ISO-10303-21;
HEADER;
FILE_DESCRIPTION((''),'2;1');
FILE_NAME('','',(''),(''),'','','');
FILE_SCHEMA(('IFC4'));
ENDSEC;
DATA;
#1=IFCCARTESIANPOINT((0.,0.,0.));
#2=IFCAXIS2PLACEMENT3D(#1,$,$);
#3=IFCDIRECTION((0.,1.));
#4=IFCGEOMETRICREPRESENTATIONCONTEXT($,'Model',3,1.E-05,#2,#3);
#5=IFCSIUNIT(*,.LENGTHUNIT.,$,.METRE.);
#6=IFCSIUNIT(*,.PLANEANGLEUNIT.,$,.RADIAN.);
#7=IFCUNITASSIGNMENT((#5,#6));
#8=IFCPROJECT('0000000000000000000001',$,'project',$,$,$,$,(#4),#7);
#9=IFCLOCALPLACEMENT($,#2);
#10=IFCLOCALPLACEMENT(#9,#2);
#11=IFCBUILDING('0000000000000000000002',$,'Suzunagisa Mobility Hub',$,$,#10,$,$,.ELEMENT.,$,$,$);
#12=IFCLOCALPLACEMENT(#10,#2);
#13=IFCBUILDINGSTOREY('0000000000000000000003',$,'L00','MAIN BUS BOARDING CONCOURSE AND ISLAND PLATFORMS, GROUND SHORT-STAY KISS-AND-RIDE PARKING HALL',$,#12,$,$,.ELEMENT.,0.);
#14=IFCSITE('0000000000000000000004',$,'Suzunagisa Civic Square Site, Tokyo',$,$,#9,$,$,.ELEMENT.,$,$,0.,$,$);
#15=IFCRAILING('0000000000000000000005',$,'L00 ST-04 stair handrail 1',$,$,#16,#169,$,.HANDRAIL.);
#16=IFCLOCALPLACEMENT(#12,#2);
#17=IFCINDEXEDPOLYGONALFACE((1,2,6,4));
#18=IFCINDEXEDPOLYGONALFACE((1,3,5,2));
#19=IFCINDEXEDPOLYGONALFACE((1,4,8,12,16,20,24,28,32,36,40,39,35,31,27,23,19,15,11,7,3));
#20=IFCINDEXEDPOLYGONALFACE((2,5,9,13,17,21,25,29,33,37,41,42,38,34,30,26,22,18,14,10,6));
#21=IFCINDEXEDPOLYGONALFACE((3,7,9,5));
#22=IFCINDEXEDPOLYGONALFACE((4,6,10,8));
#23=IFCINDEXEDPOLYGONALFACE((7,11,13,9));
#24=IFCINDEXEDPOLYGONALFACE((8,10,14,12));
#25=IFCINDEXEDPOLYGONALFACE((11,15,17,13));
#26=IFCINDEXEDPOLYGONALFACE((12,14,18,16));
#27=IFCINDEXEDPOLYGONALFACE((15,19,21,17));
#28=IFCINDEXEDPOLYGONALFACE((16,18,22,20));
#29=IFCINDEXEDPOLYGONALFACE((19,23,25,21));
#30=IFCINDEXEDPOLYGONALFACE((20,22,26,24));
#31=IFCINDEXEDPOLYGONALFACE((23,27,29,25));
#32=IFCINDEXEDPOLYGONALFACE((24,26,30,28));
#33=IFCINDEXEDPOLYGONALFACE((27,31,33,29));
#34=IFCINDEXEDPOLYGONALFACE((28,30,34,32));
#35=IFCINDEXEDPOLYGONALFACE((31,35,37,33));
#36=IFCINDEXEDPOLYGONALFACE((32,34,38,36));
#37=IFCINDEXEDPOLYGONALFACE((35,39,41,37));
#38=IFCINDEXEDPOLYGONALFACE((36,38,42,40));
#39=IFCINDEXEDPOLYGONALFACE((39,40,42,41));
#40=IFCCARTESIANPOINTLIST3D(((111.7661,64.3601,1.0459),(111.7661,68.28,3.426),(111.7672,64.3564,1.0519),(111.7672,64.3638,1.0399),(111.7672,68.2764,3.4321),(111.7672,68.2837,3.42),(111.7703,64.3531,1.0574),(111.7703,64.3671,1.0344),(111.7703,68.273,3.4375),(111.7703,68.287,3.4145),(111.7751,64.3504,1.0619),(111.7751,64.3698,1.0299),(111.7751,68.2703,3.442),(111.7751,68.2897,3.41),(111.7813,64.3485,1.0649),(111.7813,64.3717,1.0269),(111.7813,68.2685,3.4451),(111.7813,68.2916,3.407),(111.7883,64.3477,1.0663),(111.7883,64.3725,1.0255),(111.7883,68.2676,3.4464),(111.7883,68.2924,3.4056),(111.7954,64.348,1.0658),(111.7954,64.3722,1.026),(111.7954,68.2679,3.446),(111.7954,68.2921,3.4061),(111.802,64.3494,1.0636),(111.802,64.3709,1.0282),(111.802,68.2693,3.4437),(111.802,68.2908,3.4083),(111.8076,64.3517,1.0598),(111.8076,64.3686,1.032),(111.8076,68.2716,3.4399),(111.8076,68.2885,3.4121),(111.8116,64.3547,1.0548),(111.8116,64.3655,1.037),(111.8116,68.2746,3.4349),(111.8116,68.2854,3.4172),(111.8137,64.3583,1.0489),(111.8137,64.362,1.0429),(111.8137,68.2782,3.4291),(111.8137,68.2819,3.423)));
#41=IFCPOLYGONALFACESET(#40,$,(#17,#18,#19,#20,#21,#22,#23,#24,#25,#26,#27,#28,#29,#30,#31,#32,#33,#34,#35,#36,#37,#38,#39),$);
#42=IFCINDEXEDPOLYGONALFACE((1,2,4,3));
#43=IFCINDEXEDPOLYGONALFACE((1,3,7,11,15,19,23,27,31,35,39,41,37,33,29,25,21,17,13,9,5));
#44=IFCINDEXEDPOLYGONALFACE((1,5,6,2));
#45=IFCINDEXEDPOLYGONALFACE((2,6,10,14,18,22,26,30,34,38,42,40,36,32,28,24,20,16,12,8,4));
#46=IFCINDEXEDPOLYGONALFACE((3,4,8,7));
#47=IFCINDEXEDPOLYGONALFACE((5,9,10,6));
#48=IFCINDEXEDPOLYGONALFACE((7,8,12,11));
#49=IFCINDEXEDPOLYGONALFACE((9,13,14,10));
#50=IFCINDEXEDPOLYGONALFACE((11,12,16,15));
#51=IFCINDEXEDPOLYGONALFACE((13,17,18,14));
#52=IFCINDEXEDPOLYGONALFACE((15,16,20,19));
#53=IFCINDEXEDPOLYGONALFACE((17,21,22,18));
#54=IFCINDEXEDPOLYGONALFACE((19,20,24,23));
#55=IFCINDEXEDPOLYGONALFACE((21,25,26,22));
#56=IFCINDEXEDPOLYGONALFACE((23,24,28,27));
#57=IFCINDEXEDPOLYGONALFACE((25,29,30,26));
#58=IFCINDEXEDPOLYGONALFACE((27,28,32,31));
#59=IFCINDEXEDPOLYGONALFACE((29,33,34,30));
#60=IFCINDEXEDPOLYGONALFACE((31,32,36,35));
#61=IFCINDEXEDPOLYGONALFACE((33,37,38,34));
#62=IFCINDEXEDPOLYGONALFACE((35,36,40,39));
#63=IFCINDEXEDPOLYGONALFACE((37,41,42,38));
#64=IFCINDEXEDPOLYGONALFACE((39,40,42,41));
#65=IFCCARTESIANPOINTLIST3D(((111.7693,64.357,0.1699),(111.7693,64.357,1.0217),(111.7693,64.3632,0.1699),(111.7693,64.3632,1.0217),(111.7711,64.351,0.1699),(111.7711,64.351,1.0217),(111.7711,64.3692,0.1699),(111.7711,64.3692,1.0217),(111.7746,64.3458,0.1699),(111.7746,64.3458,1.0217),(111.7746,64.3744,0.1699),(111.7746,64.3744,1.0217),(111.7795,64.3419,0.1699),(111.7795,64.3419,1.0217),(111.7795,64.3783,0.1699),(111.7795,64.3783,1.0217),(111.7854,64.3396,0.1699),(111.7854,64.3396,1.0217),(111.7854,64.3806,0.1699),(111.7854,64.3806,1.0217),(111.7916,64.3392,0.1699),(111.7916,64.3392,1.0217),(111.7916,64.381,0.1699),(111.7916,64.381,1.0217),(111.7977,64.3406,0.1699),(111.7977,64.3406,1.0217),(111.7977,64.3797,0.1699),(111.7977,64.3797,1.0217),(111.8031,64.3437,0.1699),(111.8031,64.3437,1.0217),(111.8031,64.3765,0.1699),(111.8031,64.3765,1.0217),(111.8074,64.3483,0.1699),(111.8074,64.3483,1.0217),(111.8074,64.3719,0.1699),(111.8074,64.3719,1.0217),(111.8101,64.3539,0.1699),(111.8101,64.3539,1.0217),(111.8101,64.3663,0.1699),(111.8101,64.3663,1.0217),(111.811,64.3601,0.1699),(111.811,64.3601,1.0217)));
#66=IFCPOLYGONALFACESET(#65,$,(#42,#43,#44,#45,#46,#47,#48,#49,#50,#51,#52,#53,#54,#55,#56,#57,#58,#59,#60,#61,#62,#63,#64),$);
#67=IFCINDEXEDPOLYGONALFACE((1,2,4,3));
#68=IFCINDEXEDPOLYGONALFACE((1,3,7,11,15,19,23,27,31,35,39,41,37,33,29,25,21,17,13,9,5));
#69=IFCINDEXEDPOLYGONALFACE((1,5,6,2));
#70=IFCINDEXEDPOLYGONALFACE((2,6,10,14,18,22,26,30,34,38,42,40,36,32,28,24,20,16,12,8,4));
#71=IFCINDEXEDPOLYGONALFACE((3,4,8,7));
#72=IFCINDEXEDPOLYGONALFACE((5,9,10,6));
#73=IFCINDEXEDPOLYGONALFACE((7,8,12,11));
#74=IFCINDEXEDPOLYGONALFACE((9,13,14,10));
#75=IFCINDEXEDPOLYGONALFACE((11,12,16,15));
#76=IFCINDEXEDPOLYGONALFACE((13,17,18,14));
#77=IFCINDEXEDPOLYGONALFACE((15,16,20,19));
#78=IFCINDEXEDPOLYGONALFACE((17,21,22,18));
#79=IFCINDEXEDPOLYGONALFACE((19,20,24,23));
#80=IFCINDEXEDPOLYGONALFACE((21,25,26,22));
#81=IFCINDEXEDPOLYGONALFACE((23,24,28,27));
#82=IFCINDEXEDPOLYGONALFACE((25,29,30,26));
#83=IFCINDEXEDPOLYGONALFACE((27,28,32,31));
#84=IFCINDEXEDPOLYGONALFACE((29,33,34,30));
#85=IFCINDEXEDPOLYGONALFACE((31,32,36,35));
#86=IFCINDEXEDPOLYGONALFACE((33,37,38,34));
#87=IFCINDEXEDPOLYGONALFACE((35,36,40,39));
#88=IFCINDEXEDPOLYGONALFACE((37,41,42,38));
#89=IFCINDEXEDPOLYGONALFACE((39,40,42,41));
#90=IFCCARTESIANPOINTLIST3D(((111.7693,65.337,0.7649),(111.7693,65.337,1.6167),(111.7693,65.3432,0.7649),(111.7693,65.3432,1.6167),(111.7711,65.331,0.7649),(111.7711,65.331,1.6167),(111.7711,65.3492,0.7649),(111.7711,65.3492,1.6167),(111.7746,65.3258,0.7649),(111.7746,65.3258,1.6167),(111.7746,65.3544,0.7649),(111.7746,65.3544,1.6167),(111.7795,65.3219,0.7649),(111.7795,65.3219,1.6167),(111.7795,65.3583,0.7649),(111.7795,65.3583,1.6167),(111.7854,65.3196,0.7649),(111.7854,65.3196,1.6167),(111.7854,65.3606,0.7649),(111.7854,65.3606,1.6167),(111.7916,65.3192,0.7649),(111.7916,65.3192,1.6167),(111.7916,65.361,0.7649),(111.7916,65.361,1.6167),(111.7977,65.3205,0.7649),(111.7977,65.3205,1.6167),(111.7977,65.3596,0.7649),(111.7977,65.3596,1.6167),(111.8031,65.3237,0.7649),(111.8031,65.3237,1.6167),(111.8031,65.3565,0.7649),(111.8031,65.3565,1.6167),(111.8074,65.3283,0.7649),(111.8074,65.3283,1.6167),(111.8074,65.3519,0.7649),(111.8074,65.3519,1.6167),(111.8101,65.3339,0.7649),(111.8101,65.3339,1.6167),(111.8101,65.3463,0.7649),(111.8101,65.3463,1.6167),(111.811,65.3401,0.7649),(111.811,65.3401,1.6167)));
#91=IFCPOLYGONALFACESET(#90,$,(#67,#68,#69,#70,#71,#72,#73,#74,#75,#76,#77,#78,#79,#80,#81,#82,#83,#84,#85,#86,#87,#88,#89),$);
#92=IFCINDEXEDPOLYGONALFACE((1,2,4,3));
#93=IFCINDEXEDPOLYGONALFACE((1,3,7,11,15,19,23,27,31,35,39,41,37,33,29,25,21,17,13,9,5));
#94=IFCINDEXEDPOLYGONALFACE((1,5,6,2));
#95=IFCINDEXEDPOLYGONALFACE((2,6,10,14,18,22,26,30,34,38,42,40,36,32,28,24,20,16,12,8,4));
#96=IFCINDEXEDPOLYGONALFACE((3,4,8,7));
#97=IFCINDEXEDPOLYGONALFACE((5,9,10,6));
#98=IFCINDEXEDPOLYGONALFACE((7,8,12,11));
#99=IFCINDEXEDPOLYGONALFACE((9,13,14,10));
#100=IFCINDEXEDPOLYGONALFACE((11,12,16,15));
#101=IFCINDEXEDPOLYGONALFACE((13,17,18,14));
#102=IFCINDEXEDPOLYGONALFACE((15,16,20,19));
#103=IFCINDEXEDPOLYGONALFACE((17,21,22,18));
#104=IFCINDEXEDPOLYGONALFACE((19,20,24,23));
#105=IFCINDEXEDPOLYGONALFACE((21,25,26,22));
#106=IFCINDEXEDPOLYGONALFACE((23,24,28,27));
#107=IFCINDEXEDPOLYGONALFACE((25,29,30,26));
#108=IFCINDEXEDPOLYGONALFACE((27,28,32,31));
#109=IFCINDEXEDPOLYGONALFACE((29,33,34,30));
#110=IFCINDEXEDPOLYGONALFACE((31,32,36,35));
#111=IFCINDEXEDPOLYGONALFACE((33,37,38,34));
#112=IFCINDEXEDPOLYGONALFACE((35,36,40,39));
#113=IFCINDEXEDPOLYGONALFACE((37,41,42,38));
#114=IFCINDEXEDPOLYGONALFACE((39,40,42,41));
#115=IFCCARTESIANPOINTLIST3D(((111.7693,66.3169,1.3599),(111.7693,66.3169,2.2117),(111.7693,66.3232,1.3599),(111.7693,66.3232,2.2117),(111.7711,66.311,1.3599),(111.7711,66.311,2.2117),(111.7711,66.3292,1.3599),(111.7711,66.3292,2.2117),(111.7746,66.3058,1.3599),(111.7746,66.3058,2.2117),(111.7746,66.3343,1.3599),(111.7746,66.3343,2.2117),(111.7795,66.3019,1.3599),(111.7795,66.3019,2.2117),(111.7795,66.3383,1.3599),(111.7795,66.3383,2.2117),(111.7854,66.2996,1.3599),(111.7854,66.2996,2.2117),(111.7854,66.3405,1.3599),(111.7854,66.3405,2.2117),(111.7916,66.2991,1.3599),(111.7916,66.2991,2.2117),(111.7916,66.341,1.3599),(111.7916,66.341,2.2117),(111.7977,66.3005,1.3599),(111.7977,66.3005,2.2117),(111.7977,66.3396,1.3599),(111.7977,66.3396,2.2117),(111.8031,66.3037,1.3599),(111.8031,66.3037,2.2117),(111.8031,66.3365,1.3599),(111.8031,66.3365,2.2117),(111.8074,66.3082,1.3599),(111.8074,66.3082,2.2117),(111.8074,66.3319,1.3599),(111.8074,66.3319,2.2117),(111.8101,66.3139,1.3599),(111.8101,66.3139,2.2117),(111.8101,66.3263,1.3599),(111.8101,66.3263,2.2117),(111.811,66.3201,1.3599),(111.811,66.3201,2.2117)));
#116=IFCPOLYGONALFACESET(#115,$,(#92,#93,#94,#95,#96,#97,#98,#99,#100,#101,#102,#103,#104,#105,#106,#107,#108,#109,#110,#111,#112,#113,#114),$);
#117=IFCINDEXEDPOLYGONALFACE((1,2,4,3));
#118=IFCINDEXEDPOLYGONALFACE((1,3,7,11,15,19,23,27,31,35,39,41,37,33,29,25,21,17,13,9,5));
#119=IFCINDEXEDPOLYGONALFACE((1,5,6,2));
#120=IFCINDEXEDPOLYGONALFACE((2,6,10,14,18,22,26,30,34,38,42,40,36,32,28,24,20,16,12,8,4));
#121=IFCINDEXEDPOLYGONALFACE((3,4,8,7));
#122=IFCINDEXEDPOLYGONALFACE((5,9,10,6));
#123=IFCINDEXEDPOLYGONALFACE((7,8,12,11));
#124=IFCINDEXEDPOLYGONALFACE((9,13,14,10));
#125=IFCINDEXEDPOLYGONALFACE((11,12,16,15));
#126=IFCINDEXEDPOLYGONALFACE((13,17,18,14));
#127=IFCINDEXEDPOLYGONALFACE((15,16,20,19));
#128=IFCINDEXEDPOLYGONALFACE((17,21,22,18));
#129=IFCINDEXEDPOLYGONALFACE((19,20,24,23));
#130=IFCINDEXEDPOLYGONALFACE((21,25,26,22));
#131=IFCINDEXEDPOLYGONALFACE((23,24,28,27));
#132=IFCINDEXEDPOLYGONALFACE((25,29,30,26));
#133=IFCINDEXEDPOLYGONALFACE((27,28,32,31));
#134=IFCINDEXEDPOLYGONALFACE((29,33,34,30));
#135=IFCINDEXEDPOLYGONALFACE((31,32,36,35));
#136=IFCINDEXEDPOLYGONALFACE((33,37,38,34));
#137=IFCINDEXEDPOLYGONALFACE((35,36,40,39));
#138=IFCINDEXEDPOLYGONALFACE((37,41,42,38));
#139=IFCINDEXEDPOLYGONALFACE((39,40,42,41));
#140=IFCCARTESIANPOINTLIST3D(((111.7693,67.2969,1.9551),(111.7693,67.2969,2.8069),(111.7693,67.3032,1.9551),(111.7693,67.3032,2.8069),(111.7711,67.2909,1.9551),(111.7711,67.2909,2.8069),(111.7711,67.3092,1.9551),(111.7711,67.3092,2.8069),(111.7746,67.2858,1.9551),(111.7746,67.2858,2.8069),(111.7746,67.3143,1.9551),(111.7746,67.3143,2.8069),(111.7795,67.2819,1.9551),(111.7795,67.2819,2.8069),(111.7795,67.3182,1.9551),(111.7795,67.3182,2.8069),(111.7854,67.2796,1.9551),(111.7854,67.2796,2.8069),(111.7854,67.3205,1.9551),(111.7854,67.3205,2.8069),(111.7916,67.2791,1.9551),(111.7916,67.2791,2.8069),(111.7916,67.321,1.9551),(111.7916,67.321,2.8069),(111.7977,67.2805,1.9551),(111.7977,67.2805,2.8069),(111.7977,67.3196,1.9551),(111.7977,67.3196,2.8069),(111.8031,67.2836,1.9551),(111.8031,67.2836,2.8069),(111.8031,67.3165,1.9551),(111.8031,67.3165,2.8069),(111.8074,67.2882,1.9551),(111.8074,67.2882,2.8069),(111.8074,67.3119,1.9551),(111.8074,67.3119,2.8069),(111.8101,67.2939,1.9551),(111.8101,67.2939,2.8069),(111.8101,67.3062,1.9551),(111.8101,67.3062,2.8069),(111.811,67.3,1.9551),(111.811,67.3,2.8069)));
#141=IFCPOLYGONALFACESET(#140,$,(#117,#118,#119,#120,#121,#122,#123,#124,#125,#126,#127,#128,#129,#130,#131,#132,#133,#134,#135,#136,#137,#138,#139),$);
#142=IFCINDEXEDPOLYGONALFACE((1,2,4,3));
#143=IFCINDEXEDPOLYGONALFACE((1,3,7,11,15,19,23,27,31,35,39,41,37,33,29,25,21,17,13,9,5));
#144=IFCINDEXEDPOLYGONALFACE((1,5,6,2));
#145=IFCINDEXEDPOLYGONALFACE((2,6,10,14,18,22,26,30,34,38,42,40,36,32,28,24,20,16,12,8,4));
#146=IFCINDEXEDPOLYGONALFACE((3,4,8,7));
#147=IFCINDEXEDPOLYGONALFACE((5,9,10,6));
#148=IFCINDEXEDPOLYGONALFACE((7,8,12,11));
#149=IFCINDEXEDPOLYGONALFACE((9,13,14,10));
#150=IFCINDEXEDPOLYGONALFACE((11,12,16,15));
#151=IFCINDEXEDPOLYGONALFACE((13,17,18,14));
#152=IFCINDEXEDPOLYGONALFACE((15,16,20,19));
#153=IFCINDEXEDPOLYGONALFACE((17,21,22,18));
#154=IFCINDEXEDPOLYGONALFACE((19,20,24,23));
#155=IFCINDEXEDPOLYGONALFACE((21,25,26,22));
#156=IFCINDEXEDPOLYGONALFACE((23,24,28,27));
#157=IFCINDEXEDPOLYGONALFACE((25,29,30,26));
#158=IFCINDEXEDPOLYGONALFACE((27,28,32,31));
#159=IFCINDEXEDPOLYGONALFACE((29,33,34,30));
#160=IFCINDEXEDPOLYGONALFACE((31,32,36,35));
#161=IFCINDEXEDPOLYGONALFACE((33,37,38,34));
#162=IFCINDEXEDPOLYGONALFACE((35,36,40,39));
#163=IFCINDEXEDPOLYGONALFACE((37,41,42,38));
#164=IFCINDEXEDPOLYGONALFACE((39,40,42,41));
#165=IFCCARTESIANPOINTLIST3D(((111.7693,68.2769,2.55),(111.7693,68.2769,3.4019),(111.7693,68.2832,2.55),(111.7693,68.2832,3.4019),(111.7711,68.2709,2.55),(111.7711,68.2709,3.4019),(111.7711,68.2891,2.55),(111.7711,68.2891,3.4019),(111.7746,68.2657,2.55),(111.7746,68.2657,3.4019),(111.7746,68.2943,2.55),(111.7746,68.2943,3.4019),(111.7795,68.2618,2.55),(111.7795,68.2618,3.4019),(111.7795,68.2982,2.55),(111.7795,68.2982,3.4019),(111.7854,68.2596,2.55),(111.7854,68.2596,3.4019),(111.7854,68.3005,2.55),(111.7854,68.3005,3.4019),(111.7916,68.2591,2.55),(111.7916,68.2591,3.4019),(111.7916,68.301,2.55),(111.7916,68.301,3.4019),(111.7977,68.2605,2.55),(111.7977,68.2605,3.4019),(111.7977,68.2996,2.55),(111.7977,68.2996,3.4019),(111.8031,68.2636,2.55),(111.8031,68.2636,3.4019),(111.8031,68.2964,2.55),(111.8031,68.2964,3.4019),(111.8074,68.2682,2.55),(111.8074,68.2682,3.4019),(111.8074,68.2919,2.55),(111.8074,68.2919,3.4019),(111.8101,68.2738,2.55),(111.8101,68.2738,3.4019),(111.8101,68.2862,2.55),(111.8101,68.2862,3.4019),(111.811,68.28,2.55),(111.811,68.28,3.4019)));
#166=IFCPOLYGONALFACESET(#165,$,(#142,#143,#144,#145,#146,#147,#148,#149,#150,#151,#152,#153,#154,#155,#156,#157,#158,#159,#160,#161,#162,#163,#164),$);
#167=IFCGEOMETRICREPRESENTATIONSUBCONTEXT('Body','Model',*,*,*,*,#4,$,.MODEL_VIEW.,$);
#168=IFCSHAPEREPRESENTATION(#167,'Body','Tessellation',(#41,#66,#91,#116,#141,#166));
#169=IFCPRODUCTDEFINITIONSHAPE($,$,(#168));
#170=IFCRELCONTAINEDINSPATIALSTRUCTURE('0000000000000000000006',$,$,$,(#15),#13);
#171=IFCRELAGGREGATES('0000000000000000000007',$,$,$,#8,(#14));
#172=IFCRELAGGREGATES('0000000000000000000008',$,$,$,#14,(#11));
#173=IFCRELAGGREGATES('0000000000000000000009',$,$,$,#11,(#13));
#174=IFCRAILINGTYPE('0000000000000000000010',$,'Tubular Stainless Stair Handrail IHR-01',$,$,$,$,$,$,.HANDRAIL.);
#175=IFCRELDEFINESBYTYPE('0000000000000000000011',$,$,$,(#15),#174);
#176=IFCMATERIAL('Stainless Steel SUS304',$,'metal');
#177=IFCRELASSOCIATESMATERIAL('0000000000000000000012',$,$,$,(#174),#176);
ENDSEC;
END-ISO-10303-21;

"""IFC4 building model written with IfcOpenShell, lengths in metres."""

from ifc_helpers import new_model, si_unit, direction, frame, origin, origin_2d, place, context, subcontext, project, spatial, circle, extrude, material, type_object, element, save


model = new_model("IFC4")

# Units and contexts
model_context = context("Model", 3, precision=1e-05, world=origin(), true_north=direction((0.0, 1.0)))
body_context = subcontext(model_context, "Body", "Model", "MODEL_VIEW")
ifc_project = project(units=[si_unit("LENGTHUNIT", "METRE"), si_unit("PLANEANGLEUNIT", "RADIAN")], contexts=[model_context])

# Site, building, storey
site_placement = place(None, origin())
site = spatial("IfcSite", under=ifc_project, at=site_placement, Name="Suzunagisa Civic Square Site, Tokyo", CompositionType="ELEMENT", RefElevation=0.0)
building_placement = place(site_placement, origin())
building = spatial("IfcBuilding", under=site, at=building_placement, Name="Suzunagisa Mobility Hub", CompositionType="ELEMENT")
storey_placement = place(building_placement, origin())
storey = spatial("IfcBuildingStorey", under=building, at=storey_placement, Name="L00", Description="MAIN BUS BOARDING CONCOURSE AND ISLAND PLATFORMS, GROUND SHORT-STAY KISS-AND-RIDE PARKING HALL", CompositionType="ELEMENT", Elevation=0.0)

# Railing
ifc_material_1 = material(Name="Stainless Steel SUS304", Category="metal")
railing_type = type_object("IfcRailingType", Name="Tubular Stainless Stair Handrail IHR-01", PredefinedType="HANDRAIL", material=ifc_material_1)
railing_placement = place(storey_placement, frame((111.79, 64.3601, 0.1699)))
element("IfcRailing", 1, at=railing_placement, inside=storey, type_object=railing_type, Name="L00 ST-04 stair handrail 1", PredefinedType="HANDRAIL", context=body_context, shape_type="SweptSolid", body=[
    extrude(circle(Radius=0.0239, at=origin_2d()), frame((0.0, 0.0, 0.876), z_axis=(0.0, 0.854771, 0.519006), x_axis=(-1.0, 0.0, 0.0)), (0.0, 0.0, 1.0), 4.5859),
    extrude(circle(Radius=0.021, at=origin_2d()), origin(), (0.0, 0.0, 1.0), 0.8518),
    extrude(circle(Radius=0.021, at=origin_2d()), frame((0.0, 0.98, 0.595)), (0.0, 0.0, 1.0), 0.8518),
    extrude(circle(Radius=0.021, at=origin_2d()), frame((0.0, 1.96, 1.1899)), (0.0, 0.0, 1.0), 0.8518),
    extrude(circle(Radius=0.021, at=origin_2d()), frame((0.0, 2.9399, 1.7852)), (0.0, 0.0, 1.0), 0.8518),
    extrude(circle(Radius=0.021, at=origin_2d()), frame((0.0, 3.9199, 2.3801)), (0.0, 0.0, 1.0), 0.8518),
])

save(model, "model.ifc")
